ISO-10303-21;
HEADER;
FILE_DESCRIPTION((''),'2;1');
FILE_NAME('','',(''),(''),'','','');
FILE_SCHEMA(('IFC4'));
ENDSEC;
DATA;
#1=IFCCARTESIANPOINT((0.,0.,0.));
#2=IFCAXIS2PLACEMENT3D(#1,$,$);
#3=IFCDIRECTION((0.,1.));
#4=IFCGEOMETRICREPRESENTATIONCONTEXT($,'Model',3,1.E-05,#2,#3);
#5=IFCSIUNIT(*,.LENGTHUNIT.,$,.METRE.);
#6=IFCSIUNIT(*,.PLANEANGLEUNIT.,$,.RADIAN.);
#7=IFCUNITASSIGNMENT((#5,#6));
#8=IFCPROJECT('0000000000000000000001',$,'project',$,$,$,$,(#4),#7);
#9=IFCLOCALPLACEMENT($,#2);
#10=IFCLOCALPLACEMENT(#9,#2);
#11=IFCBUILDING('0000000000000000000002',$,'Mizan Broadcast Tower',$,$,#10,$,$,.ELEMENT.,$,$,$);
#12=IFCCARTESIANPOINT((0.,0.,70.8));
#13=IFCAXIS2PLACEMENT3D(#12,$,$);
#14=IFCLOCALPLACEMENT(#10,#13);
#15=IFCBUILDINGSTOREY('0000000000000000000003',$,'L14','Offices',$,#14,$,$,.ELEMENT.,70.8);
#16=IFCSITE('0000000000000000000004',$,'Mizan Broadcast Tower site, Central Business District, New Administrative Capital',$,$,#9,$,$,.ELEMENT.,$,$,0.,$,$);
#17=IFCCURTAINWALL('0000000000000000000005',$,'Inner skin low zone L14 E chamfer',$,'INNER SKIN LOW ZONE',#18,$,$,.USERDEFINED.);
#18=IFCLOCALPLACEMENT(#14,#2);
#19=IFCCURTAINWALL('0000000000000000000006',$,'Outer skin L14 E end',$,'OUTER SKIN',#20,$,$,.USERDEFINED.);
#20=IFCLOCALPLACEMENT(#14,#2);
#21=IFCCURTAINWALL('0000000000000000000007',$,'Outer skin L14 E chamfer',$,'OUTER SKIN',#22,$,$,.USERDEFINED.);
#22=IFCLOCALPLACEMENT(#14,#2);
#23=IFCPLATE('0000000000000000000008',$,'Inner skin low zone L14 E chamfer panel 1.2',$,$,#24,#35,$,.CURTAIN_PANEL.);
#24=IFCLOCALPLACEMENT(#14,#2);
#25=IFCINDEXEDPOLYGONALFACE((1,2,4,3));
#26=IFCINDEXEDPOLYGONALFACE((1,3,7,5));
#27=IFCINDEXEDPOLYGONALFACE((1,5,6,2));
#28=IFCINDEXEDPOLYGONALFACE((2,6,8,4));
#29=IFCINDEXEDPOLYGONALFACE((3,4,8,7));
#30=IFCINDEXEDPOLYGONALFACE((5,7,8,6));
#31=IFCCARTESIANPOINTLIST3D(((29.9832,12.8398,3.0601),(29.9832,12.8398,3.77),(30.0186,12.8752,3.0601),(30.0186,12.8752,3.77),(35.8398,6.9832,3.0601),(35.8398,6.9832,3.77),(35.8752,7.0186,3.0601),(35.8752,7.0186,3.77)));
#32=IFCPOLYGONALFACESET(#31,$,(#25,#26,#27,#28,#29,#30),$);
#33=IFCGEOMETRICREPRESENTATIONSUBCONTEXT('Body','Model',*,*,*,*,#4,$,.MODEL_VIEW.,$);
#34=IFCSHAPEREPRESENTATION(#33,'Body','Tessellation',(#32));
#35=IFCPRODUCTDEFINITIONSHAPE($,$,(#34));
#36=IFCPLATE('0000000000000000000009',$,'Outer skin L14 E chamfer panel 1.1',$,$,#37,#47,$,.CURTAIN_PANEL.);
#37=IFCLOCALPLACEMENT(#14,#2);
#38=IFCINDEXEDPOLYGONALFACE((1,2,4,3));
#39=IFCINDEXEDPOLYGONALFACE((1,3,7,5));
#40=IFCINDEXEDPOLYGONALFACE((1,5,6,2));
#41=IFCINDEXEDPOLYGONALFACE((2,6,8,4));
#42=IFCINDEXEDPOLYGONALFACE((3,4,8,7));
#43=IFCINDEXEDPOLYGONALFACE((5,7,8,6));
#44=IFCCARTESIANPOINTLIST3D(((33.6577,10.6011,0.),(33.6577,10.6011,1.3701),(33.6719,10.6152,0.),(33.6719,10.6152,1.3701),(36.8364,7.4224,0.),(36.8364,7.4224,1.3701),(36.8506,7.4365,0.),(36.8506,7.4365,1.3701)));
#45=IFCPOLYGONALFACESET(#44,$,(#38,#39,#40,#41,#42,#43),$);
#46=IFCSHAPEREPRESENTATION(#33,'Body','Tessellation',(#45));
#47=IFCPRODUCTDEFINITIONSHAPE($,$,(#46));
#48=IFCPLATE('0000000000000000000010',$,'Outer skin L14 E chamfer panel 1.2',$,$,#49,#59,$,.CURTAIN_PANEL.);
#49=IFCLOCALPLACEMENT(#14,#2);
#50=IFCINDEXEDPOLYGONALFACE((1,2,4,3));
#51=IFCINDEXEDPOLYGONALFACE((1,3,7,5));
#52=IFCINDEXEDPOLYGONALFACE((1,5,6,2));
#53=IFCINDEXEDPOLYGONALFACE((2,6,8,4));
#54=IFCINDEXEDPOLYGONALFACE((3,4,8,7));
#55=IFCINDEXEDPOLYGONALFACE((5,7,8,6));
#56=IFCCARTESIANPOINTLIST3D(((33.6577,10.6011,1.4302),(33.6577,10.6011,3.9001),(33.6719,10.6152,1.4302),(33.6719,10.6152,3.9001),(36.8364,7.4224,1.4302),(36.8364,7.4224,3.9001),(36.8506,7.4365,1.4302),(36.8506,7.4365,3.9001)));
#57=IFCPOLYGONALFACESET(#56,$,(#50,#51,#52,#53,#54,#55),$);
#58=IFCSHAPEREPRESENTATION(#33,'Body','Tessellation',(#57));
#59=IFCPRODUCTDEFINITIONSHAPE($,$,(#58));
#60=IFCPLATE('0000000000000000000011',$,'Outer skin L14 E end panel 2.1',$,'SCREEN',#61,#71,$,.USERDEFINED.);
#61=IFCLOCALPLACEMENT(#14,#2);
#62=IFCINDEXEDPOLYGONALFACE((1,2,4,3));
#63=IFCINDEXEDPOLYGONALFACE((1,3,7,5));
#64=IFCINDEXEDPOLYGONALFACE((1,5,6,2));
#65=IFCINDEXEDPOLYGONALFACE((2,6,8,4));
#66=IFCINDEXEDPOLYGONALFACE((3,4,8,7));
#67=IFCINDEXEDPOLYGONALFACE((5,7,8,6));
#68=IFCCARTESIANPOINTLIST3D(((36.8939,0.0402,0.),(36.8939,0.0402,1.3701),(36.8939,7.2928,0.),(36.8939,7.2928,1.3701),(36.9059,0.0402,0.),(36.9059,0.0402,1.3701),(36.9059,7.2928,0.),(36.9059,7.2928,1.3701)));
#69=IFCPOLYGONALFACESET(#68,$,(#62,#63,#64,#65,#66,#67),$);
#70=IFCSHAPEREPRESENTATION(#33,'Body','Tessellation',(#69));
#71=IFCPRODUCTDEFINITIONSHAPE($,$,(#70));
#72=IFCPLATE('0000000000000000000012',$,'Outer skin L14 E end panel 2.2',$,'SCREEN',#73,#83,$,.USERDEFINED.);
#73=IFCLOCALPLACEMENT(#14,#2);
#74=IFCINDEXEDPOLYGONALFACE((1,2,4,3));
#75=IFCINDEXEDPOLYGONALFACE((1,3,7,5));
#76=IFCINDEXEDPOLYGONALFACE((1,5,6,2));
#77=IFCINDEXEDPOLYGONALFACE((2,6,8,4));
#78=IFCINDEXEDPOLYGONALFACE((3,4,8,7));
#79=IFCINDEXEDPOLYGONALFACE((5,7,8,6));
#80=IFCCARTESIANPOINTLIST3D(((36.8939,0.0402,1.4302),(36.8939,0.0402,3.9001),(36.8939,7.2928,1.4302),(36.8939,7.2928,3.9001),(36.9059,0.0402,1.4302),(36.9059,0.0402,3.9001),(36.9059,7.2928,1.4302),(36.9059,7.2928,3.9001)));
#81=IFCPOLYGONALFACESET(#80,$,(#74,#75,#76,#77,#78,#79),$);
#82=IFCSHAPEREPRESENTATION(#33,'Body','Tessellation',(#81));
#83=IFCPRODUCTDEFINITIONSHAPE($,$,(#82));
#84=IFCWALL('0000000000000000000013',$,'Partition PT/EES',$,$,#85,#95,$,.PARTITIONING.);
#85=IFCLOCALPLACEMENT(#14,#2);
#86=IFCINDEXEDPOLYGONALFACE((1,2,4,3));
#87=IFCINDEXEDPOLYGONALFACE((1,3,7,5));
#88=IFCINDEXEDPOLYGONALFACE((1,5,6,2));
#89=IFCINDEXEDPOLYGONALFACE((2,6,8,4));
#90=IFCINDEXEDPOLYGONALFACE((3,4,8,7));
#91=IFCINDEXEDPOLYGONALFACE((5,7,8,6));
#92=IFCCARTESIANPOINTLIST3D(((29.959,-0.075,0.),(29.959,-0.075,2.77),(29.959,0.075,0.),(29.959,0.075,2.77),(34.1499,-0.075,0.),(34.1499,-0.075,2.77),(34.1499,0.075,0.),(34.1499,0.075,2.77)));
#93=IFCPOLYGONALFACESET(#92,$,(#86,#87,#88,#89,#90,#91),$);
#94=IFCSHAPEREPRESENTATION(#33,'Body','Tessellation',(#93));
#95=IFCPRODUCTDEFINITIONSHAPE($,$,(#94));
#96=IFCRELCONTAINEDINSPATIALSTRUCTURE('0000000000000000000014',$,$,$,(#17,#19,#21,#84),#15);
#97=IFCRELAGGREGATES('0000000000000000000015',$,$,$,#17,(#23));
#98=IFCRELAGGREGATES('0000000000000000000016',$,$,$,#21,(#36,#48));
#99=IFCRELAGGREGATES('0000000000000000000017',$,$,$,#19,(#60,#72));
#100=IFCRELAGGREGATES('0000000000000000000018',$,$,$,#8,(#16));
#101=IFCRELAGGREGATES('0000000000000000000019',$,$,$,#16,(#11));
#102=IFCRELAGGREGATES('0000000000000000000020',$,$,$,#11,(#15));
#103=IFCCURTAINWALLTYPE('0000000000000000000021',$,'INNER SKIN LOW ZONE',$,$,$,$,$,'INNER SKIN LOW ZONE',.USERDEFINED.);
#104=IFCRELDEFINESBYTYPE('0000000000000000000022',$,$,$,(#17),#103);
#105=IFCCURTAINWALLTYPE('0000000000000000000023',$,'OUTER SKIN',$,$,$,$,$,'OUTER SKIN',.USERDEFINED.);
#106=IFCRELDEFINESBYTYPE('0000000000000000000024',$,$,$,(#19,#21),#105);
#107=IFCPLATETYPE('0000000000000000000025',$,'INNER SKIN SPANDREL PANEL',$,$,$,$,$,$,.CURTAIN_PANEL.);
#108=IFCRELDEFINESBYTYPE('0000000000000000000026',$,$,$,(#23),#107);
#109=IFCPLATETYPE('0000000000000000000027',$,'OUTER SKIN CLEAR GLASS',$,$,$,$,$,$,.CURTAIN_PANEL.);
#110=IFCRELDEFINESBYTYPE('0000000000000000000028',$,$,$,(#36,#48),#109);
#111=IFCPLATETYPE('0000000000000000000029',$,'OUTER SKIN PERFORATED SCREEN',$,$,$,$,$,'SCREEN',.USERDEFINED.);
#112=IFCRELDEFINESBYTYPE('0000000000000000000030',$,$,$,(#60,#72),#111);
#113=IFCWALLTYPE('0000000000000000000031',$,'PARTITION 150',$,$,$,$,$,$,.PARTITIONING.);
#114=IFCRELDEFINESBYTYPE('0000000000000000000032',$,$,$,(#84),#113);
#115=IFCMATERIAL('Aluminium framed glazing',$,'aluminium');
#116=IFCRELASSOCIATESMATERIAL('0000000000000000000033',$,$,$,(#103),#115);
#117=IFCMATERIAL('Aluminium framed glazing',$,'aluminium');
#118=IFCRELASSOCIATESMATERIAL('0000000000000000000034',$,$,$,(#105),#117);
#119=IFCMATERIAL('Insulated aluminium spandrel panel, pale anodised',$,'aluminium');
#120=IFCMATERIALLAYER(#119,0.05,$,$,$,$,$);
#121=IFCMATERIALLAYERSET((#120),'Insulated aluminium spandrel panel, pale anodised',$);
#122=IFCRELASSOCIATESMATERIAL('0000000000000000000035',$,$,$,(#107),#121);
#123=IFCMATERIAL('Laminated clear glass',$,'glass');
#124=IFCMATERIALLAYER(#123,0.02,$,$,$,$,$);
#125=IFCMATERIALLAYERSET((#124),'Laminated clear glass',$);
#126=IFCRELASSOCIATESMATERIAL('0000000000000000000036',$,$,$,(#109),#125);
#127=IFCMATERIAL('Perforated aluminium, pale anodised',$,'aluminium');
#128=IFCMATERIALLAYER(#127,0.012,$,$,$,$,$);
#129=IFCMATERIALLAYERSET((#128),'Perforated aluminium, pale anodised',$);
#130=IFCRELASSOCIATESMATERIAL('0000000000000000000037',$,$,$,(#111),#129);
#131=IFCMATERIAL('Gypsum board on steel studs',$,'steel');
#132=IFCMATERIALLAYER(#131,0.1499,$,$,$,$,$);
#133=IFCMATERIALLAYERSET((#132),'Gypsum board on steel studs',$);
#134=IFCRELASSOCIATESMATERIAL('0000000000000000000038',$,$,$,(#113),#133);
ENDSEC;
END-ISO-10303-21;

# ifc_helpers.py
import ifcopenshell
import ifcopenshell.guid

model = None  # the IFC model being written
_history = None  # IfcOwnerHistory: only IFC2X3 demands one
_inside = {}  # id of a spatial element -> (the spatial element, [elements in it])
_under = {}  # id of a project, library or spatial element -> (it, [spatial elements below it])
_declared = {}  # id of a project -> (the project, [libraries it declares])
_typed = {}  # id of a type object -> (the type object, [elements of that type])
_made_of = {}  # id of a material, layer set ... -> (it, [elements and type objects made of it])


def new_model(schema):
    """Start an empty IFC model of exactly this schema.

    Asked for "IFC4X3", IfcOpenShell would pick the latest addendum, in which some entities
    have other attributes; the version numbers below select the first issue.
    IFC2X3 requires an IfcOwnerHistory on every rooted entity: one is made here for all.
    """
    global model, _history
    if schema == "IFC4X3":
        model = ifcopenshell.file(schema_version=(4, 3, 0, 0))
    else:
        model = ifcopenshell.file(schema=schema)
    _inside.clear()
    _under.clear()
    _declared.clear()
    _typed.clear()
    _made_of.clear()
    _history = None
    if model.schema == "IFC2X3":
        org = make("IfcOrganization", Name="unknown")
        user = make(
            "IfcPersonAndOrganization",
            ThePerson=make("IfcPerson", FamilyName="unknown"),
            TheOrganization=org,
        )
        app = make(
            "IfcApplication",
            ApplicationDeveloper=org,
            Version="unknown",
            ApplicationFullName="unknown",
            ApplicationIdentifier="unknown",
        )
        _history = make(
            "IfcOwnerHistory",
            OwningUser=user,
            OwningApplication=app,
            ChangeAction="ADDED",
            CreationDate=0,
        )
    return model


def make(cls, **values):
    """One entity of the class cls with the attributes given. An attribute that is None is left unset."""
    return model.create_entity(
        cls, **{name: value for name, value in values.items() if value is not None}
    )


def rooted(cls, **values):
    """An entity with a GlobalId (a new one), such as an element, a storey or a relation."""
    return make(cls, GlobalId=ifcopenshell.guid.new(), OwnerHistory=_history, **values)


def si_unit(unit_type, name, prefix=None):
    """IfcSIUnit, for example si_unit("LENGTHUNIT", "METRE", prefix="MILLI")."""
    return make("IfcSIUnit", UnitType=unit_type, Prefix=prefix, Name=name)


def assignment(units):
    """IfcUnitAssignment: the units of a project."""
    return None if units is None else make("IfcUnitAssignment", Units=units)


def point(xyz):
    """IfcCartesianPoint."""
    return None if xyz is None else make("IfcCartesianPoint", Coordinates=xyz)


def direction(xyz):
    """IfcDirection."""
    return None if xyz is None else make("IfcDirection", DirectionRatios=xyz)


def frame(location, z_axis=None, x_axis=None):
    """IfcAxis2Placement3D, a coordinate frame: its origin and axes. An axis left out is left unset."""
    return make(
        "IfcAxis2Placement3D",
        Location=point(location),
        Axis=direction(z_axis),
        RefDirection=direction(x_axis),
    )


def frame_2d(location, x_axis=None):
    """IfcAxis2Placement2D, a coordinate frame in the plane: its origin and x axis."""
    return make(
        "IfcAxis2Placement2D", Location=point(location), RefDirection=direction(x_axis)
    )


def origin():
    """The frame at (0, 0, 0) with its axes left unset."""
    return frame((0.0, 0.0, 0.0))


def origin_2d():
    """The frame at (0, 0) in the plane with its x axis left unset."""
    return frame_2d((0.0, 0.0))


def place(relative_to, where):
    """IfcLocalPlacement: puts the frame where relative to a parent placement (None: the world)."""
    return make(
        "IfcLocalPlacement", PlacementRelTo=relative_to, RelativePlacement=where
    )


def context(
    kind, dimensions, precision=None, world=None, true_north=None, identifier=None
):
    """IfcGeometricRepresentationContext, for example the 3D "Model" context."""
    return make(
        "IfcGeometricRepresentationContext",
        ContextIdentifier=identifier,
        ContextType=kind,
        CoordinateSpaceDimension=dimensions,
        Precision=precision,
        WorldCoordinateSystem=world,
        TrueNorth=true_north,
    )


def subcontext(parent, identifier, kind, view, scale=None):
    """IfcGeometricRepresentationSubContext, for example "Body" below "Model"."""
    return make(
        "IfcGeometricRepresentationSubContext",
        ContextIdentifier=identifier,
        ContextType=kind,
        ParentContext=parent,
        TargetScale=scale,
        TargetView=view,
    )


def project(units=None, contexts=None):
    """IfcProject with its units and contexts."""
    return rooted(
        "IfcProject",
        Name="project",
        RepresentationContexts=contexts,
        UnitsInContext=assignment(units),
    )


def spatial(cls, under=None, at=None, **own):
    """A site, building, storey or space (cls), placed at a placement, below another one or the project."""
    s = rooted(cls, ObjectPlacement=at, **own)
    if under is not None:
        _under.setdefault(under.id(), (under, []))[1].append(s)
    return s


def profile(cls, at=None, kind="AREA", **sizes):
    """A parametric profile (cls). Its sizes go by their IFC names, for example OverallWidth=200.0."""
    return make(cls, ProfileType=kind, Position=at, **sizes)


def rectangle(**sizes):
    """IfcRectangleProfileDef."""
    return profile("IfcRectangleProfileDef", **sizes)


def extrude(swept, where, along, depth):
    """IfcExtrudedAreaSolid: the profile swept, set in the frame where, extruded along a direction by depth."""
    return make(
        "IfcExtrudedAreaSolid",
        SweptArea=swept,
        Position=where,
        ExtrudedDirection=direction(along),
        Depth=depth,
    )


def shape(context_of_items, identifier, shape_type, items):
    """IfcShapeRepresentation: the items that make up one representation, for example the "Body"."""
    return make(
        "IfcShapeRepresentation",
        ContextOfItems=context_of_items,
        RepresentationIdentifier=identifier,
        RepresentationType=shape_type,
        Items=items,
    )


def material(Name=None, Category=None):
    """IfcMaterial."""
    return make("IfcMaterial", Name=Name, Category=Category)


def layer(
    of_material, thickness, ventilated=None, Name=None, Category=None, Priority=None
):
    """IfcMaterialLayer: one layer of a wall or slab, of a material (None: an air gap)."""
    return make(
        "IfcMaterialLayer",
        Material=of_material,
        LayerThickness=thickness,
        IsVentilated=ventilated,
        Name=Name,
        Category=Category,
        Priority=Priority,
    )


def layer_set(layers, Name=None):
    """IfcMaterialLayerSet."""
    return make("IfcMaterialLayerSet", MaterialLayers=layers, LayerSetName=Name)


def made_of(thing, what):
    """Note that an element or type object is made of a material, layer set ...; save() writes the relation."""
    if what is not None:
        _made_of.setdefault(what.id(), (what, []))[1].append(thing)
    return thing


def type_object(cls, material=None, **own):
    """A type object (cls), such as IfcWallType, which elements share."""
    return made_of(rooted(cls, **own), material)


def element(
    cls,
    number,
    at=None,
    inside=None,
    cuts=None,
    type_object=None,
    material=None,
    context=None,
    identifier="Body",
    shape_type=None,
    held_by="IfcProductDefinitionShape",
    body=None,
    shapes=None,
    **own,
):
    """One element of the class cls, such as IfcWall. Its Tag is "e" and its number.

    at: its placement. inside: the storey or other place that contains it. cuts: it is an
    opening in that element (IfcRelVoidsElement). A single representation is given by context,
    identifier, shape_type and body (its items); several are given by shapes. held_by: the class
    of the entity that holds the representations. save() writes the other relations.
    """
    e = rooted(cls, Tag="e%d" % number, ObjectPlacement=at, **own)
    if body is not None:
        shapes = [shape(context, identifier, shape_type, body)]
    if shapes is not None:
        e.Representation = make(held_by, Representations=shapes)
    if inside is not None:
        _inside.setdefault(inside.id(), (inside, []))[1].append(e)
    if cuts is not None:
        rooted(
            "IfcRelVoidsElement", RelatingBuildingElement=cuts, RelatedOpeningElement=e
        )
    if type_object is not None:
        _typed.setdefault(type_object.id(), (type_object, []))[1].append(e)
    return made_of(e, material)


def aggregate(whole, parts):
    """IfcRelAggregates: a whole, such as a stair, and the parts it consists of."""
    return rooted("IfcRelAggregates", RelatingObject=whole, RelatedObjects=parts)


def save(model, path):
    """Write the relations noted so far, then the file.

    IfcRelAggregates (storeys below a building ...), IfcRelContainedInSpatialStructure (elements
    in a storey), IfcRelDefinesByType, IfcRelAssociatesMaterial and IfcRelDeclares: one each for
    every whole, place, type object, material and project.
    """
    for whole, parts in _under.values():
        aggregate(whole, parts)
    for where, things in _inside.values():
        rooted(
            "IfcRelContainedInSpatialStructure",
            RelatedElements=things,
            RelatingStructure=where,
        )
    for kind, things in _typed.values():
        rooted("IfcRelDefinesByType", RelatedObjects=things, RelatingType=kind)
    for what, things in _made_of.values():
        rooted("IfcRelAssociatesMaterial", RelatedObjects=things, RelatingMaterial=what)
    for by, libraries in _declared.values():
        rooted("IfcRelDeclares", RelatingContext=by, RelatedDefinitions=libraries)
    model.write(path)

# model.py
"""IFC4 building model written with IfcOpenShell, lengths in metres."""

from ifc_helpers import new_model, si_unit, direction, frame, frame_2d, origin, origin_2d, place, context, subcontext, project, spatial, rectangle, extrude, material, layer, layer_set, type_object, element, aggregate, save


model = new_model("IFC4")

# Units and contexts
model_context = context("Model", 3, precision=1e-05, world=origin(), true_north=direction((0.0, 1.0)))
body_context = subcontext(model_context, "Body", "Model", "MODEL_VIEW")
ifc_project = project(units=[si_unit("LENGTHUNIT", "METRE"), si_unit("PLANEANGLEUNIT", "RADIAN")], contexts=[model_context])

# Site, building, storey
site_placement = place(None, origin())
site = spatial("IfcSite", under=ifc_project, at=site_placement, Name="Mizan Broadcast Tower site, Central Business District, New Administrative Capital", CompositionType="ELEMENT", RefElevation=0.0)
building_placement = place(site_placement, origin())
building = spatial("IfcBuilding", under=site, at=building_placement, Name="Mizan Broadcast Tower", CompositionType="ELEMENT")
storey_placement = place(building_placement, frame((0.0, 0.0, 70.8)))
storey = spatial("IfcBuildingStorey", under=building, at=storey_placement, Name="L14", Description="Offices", CompositionType="ELEMENT", Elevation=70.8)

# Shared definitions
ifc_material_1 = material(Name="Aluminium framed glazing", Category="aluminium")
curtain_wall_type_1 = type_object("IfcCurtainWallType", Name="INNER SKIN LOW ZONE", ElementType="INNER SKIN LOW ZONE", PredefinedType="USERDEFINED", material=ifc_material_1)

# Curtain wall
curtain_wall_1_placement = place(storey_placement, origin())
curtain_wall_1 = element("IfcCurtainWall", 1, at=curtain_wall_1_placement, inside=storey, type_object=curtain_wall_type_1, Name="Inner skin low zone L14 E chamfer", ObjectType="INNER SKIN LOW ZONE", PredefinedType="USERDEFINED")

# Curtain wall
ifc_material_2 = material(Name="Aluminium framed glazing", Category="aluminium")
curtain_wall_type_2 = type_object("IfcCurtainWallType", Name="OUTER SKIN", ElementType="OUTER SKIN", PredefinedType="USERDEFINED", material=ifc_material_2)
curtain_wall_2_placement = place(storey_placement, origin())
curtain_wall_2 = element("IfcCurtainWall", 2, at=curtain_wall_2_placement, inside=storey, type_object=curtain_wall_type_2, Name="Outer skin L14 E end", ObjectType="OUTER SKIN", PredefinedType="USERDEFINED")

# Curtain wall
curtain_wall_3_placement = place(storey_placement, origin())
curtain_wall_3 = element("IfcCurtainWall", 3, at=curtain_wall_3_placement, inside=storey, type_object=curtain_wall_type_2, Name="Outer skin L14 E chamfer", ObjectType="OUTER SKIN", PredefinedType="USERDEFINED")

# Plates
ifc_material_3 = material(Name="Insulated aluminium spandrel panel, pale anodised", Category="aluminium")
ifc_layer_1 = layer(ifc_material_3, 0.05)
ifc_layer_set_1 = layer_set([ifc_layer_1], Name="Insulated aluminium spandrel panel, pale anodised")
plate_type_1 = type_object("IfcPlateType", Name="INNER SKIN SPANDREL PANEL", PredefinedType="CURTAIN_PANEL", material=ifc_layer_set_1)
plate_1_placement = place(storey_placement, frame((32.9292, 9.9292, 3.0601), z_axis=(0.0, 0.0, 1.0), x_axis=(-0.707107, 0.707107, 0.0)))
plate_1 = element("IfcPlate", 4, at=plate_1_placement, type_object=plate_type_1, Name="Inner skin low zone L14 E chamfer panel 1.2", PredefinedType="CURTAIN_PANEL", context=body_context, shape_type="SweptSolid", body=[
    extrude(rectangle(XDim=8.2825, YDim=0.05, at=origin_2d()), origin(), (0.0, 0.0, 1.0), 0.71),
])
aggregate(curtain_wall_1, [plate_1])
ifc_material_4 = material(Name="Laminated clear glass", Category="glass")
ifc_layer_2 = layer(ifc_material_4, 0.02)
ifc_layer_set_2 = layer_set([ifc_layer_2], Name="Laminated clear glass")
plate_type_2 = type_object("IfcPlateType", Name="OUTER SKIN CLEAR GLASS", PredefinedType="CURTAIN_PANEL", material=ifc_layer_set_2)
plate_2_placement = place(storey_placement, frame((35.2542, 9.0188, 0.0), z_axis=(0.0, 0.0, 1.0), x_axis=(-0.707107, 0.707107, 0.0)))
plate_2 = element("IfcPlate", 5, at=plate_2_placement, type_object=plate_type_2, Name="Outer skin L14 E chamfer panel 1.1", PredefinedType="CURTAIN_PANEL", context=body_context, shape_type="SweptSolid", body=[
    extrude(rectangle(XDim=4.4954, YDim=0.02, at=origin_2d()), origin(), (0.0, 0.0, 1.0), 1.3701),
])
plate_3_placement = place(storey_placement, frame((35.2542, 9.0188, 1.4302), z_axis=(0.0, 0.0, 1.0), x_axis=(-0.707107, 0.707107, 0.0)))
plate_3 = element("IfcPlate", 6, at=plate_3_placement, type_object=plate_type_2, Name="Outer skin L14 E chamfer panel 1.2", PredefinedType="CURTAIN_PANEL", context=body_context, shape_type="SweptSolid", body=[
    extrude(rectangle(XDim=4.4954, YDim=0.02, at=origin_2d()), origin(), (0.0, 0.0, 1.0), 2.47),
])
aggregate(curtain_wall_3, [plate_2, plate_3])
ifc_material_5 = material(Name="Perforated aluminium, pale anodised", Category="aluminium")
ifc_layer_3 = layer(ifc_material_5, 0.012)
ifc_layer_set_3 = layer_set([ifc_layer_3], Name="Perforated aluminium, pale anodised")
plate_type_3 = type_object("IfcPlateType", Name="OUTER SKIN PERFORATED SCREEN", ElementType="SCREEN", PredefinedType="USERDEFINED", material=ifc_layer_set_3)
plate_4_placement = place(storey_placement, frame((36.8999, 3.6665, 0.0), z_axis=(0.0, 0.0, 1.0), x_axis=(0.0, 1.0, 0.0)))
plate_4 = element("IfcPlate", 7, at=plate_4_placement, type_object=plate_type_3, Name="Outer skin L14 E end panel 2.1", ObjectType="SCREEN", PredefinedType="USERDEFINED", context=body_context, shape_type="SweptSolid", body=[
    extrude(rectangle(XDim=7.2527, YDim=0.012, at=origin_2d()), origin(), (0.0, 0.0, 1.0), 1.3701),
])
plate_5_placement = place(storey_placement, frame((36.8999, 3.6665, 1.4302), z_axis=(0.0, 0.0, 1.0), x_axis=(0.0, 1.0, 0.0)))
plate_5 = element("IfcPlate", 8, at=plate_5_placement, type_object=plate_type_3, Name="Outer skin L14 E end panel 2.2", ObjectType="SCREEN", PredefinedType="USERDEFINED", context=body_context, shape_type="SweptSolid", body=[
    extrude(rectangle(XDim=7.2527, YDim=0.012, at=origin_2d()), origin(), (0.0, 0.0, 1.0), 2.47),
])
aggregate(curtain_wall_2, [plate_4, plate_5])

# Wall
ifc_material_6 = material(Name="Gypsum board on steel studs", Category="steel")
ifc_layer_4 = layer(ifc_material_6, 0.1499)
ifc_layer_set_4 = layer_set([ifc_layer_4], Name="Gypsum board on steel studs")
wall_type = type_object("IfcWallType", Name="PARTITION 150", PredefinedType="PARTITIONING", material=ifc_layer_set_4)
wall_placement = place(storey_placement, frame((29.959, 0.0, 0.0), z_axis=(0.0, 0.0, 1.0), x_axis=(1.0, 0.0, 0.0)))
element("IfcWall", 9, at=wall_placement, inside=storey, type_object=wall_type, Name="Partition PT/EES", PredefinedType="PARTITIONING", context=body_context, shape_type="SweptSolid", body=[
    extrude(rectangle(XDim=4.1909, YDim=0.1499, at=frame_2d((2.0955, 0.0))), origin(), (0.0, 0.0, 1.0), 2.77),
])

save(model, "model.ifc")
